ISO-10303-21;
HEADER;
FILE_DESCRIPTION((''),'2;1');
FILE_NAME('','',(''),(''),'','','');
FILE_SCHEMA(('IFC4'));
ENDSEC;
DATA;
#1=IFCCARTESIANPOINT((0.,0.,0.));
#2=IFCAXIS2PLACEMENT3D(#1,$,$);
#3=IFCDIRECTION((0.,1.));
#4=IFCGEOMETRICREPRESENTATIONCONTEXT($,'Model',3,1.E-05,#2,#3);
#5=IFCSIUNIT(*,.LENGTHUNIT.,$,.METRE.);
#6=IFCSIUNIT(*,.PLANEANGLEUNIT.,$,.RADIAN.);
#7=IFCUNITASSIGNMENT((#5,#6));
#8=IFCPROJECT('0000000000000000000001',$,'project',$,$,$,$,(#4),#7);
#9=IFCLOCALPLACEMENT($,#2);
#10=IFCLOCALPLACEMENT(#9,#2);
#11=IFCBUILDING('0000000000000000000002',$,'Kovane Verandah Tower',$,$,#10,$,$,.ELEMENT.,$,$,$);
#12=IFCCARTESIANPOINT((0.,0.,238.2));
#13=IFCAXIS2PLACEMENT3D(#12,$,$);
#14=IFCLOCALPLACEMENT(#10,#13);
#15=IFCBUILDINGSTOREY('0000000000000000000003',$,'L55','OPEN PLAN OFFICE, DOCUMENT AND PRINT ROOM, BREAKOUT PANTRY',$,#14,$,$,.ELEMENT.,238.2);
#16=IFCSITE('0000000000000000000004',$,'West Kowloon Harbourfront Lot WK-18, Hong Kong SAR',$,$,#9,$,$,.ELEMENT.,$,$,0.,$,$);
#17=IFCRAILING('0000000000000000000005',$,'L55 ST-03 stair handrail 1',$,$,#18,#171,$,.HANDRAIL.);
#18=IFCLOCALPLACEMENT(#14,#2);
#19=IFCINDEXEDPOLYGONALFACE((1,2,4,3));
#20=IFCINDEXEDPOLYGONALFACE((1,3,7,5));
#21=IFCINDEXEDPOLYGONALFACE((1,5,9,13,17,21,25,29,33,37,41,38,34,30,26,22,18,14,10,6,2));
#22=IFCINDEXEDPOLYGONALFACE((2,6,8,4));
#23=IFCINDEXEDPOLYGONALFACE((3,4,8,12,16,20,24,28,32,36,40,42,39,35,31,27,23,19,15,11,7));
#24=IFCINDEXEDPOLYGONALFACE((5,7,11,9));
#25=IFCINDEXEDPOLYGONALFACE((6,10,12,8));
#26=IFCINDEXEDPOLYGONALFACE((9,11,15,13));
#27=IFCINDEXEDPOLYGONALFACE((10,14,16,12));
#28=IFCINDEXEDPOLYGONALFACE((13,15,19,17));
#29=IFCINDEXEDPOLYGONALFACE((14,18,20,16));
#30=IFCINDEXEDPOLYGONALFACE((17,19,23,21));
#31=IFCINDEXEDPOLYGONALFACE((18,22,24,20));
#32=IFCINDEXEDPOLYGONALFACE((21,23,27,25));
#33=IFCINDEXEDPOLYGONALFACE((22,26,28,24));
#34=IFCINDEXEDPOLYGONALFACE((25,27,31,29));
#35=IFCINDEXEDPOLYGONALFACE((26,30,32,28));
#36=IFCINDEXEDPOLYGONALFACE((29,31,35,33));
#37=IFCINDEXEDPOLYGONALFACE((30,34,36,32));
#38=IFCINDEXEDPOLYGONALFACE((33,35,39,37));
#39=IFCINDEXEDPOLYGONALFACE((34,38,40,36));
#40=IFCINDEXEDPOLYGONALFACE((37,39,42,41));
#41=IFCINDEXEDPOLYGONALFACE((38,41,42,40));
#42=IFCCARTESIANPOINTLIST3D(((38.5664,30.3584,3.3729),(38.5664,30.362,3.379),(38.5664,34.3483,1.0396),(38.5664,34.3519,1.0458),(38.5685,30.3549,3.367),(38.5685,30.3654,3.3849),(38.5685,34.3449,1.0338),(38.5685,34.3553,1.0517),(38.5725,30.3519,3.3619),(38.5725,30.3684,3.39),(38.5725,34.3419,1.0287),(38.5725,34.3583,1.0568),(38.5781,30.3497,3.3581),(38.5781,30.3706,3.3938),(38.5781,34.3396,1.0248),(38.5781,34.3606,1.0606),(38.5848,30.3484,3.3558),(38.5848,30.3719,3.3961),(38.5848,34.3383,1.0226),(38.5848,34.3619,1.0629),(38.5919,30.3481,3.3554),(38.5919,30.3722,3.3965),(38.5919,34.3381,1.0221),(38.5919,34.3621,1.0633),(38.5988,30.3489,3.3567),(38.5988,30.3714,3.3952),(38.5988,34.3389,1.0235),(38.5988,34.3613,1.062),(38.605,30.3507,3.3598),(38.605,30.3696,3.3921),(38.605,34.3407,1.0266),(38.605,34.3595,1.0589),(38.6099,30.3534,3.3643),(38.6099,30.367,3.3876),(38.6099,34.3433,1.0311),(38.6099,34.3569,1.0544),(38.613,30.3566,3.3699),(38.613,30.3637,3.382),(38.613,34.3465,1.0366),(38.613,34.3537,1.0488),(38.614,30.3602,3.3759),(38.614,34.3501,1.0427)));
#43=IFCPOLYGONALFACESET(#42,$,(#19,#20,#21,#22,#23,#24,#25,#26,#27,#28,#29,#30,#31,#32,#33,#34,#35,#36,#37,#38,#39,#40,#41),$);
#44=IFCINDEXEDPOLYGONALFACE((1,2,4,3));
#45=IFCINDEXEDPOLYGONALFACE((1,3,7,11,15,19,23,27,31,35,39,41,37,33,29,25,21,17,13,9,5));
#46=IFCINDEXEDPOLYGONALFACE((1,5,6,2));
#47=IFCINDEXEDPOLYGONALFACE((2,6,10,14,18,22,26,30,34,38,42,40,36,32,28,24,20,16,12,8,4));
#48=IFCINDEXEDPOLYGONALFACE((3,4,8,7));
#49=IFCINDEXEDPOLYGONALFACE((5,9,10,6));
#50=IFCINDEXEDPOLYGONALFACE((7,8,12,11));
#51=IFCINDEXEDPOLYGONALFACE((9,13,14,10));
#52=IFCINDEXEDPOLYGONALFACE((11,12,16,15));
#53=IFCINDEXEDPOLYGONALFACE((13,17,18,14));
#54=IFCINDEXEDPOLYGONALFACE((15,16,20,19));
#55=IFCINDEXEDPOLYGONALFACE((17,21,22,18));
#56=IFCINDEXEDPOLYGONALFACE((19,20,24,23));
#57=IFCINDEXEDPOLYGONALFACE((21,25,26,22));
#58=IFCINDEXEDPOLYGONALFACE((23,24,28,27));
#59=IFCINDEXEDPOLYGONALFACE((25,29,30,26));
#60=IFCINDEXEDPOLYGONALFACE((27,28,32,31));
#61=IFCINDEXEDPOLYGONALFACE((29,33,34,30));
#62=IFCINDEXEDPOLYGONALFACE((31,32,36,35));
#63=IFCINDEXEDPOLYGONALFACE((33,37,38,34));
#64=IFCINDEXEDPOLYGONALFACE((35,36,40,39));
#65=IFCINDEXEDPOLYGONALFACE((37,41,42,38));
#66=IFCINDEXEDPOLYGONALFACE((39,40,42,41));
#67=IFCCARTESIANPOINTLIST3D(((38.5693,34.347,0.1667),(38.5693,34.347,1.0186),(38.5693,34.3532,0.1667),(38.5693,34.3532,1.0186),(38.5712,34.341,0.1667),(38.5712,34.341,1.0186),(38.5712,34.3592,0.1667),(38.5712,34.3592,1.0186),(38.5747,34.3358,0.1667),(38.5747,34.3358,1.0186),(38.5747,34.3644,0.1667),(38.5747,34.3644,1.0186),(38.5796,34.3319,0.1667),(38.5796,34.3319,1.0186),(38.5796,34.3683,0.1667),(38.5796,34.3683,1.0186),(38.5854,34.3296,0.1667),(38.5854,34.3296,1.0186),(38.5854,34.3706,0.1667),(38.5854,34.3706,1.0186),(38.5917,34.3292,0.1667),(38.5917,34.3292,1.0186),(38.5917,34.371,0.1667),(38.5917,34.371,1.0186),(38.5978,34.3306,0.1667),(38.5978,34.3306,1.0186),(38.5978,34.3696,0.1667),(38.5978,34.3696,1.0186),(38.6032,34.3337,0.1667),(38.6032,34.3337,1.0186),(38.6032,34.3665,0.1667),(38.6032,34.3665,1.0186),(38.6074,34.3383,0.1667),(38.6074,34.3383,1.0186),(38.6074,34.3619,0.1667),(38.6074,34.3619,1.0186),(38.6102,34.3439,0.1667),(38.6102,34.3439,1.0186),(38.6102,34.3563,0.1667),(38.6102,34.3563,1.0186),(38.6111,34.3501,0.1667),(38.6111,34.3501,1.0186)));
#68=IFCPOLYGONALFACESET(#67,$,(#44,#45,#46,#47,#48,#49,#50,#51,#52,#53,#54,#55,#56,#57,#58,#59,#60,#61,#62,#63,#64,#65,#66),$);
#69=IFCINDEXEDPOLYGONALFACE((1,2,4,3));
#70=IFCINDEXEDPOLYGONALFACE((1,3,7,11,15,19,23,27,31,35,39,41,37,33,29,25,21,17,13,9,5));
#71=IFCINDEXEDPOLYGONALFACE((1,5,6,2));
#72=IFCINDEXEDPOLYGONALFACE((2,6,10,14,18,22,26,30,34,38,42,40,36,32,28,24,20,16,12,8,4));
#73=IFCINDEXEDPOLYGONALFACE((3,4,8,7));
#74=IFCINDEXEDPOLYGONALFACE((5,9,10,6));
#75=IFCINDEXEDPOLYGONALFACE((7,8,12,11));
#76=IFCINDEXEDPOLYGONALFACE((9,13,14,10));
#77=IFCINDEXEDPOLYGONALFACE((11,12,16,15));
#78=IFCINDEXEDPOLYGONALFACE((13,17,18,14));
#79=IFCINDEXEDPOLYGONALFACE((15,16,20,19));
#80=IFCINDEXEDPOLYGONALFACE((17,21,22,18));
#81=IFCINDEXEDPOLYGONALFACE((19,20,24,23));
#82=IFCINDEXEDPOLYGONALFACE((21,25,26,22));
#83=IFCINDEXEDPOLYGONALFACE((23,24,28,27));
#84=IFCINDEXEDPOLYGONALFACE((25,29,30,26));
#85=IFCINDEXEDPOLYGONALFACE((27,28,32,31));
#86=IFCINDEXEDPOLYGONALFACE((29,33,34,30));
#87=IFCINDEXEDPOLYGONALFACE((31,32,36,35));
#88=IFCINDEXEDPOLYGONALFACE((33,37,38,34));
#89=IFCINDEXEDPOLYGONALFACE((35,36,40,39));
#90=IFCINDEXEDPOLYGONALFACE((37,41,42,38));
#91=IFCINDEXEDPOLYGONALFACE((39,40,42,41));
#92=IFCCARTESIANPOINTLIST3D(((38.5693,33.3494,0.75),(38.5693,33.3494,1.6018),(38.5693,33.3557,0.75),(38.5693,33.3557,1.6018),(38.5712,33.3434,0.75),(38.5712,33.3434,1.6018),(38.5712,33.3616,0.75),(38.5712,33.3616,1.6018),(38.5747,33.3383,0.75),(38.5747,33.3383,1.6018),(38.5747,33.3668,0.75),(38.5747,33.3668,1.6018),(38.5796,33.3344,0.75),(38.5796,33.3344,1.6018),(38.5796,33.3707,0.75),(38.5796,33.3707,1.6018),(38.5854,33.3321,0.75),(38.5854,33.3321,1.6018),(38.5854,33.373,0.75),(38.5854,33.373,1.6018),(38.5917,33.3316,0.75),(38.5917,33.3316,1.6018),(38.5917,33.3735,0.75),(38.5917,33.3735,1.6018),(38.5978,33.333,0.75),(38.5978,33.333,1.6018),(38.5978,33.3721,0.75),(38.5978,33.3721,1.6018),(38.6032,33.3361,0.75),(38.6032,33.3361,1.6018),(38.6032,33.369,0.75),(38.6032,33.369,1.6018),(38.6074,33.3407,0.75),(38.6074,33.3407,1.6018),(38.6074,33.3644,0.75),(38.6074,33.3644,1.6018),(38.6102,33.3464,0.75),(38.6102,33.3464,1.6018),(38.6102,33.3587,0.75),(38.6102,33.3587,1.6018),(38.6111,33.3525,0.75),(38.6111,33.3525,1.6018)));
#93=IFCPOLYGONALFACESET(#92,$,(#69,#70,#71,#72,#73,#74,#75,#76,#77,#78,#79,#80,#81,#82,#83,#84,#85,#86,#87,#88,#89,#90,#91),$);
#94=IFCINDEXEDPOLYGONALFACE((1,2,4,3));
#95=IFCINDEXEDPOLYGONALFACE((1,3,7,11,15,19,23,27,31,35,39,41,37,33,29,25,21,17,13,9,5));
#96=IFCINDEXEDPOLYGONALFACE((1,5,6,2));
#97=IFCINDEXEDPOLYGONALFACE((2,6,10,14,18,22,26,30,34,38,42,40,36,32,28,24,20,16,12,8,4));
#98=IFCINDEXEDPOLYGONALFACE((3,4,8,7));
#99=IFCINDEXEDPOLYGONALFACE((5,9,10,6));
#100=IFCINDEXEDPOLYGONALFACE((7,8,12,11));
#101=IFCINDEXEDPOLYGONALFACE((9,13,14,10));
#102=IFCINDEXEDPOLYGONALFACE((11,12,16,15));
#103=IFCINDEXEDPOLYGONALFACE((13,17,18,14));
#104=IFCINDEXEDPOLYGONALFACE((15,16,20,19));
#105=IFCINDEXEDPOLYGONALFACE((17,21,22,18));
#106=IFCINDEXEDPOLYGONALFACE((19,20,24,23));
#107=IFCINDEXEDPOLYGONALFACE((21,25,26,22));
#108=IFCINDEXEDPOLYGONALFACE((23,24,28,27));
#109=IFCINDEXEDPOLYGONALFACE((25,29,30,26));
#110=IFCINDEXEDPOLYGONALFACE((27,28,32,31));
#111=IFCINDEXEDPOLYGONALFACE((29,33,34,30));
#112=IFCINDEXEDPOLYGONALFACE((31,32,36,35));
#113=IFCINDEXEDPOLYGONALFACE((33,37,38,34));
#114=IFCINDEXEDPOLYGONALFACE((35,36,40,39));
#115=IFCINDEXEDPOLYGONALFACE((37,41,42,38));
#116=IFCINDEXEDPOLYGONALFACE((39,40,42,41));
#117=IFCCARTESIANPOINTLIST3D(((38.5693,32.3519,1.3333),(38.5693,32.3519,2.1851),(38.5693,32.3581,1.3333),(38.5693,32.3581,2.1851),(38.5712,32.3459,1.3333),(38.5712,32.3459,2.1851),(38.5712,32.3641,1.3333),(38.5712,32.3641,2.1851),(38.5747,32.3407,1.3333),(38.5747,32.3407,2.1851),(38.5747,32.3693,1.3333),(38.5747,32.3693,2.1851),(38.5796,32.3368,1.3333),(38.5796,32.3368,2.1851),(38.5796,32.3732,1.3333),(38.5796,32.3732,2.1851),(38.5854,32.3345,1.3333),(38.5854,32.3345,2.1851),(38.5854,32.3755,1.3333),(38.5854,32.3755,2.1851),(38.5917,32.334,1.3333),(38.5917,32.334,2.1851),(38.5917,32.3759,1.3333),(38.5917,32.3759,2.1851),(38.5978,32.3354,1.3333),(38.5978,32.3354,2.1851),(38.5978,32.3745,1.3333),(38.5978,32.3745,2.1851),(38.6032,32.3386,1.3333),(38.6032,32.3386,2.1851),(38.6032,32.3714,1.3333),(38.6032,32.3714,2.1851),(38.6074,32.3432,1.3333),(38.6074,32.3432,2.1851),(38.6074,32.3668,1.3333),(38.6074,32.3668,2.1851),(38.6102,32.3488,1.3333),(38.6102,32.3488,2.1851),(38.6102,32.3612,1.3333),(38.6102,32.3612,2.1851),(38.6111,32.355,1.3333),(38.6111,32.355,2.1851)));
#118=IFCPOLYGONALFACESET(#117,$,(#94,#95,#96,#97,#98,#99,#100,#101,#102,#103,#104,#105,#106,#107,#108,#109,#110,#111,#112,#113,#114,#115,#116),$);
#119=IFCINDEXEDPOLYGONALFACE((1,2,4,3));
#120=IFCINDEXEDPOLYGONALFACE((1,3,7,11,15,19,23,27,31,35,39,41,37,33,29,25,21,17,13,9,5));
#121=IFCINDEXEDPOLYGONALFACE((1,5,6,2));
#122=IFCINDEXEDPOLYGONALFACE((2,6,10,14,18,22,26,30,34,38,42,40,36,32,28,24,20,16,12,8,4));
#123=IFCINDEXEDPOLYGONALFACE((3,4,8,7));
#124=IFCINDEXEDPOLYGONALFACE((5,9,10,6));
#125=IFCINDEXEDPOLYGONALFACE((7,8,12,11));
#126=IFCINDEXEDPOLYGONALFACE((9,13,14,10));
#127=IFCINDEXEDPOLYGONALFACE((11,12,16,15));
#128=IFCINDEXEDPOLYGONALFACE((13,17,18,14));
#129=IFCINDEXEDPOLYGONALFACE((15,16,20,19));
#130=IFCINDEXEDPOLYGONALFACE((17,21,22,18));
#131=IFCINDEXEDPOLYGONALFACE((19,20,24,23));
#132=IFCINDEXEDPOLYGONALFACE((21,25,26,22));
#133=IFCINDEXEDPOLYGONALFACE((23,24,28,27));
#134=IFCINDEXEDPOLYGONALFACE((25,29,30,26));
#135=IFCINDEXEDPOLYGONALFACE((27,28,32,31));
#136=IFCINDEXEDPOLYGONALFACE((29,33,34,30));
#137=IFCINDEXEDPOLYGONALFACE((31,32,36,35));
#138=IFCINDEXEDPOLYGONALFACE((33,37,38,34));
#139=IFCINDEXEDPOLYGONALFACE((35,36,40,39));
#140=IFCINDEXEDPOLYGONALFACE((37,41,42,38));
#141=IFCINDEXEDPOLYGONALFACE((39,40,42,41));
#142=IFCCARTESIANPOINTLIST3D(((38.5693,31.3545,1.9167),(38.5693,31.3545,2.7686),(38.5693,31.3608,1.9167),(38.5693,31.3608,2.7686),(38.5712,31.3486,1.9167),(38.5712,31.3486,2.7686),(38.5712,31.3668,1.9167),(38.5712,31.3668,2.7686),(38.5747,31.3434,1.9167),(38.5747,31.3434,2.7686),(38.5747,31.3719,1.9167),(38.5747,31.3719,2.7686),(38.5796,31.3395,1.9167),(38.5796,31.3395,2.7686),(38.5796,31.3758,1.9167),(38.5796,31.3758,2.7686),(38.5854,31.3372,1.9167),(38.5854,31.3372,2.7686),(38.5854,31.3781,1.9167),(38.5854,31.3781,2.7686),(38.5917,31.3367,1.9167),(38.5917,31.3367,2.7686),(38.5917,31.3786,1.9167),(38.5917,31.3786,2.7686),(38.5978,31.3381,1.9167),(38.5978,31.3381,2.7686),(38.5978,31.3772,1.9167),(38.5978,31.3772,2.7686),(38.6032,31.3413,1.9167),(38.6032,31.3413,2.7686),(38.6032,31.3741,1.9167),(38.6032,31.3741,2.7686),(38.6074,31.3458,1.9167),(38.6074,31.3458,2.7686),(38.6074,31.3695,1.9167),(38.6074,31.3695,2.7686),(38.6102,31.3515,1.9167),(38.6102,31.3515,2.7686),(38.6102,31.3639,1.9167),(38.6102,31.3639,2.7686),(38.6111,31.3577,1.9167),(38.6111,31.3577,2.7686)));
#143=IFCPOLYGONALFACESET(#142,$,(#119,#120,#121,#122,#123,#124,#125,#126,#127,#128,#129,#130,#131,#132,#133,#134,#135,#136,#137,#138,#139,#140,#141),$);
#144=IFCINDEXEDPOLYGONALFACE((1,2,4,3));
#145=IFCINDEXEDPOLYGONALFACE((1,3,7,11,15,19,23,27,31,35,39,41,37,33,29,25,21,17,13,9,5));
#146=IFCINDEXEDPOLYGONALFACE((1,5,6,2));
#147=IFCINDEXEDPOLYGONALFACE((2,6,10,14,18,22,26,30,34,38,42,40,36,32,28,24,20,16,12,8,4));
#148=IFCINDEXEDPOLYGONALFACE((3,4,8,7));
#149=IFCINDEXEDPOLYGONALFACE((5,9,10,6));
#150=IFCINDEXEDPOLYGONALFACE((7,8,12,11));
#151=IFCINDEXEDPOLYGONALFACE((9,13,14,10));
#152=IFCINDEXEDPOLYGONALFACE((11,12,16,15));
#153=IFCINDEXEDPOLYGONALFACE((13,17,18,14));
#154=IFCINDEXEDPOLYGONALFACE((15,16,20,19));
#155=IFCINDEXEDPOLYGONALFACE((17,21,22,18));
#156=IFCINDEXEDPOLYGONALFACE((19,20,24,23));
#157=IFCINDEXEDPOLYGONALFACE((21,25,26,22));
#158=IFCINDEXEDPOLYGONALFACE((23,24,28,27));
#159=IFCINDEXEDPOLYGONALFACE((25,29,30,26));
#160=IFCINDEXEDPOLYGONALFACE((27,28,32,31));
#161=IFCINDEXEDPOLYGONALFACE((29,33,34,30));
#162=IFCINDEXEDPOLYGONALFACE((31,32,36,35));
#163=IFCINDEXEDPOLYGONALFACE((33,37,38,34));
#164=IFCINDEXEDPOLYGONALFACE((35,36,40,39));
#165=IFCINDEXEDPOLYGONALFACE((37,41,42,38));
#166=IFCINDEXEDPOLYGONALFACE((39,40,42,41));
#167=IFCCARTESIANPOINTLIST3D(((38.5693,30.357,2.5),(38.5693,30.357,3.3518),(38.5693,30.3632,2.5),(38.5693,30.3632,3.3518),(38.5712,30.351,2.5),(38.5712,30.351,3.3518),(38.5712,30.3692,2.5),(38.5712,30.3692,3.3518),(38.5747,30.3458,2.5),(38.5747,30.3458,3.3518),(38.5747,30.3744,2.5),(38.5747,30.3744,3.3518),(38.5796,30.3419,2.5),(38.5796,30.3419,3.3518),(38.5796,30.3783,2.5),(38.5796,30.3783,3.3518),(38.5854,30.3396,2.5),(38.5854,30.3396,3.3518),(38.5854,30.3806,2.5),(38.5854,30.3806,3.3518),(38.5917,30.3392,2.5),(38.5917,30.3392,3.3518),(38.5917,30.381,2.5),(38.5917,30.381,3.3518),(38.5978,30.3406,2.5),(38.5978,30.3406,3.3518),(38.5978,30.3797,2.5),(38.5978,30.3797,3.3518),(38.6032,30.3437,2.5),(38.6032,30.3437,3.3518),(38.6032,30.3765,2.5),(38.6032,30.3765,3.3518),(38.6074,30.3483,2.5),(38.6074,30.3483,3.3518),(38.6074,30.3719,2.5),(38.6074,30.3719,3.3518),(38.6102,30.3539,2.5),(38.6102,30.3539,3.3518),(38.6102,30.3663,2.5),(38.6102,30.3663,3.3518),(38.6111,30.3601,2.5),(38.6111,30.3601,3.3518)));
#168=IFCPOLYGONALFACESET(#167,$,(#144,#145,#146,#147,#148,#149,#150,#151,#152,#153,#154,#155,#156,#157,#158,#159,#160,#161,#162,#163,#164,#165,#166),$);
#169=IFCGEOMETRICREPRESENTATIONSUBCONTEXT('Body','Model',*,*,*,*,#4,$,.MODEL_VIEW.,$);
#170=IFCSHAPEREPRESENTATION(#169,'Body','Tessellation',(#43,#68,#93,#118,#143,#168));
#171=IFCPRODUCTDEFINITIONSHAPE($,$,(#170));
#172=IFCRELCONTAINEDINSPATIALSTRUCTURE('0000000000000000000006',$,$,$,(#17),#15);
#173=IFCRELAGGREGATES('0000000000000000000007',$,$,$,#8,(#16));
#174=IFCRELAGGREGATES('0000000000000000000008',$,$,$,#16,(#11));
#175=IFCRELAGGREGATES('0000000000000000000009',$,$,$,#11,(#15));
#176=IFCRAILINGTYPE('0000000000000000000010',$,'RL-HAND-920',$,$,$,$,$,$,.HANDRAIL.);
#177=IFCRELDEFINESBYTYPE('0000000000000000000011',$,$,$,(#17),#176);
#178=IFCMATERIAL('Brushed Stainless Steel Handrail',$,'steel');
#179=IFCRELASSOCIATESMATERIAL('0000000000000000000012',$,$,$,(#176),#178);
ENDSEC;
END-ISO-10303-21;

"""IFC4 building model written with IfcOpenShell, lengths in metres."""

from ifc_helpers import new_model, si_unit, direction, frame, origin, origin_2d, place, context, subcontext, project, spatial, circle, extrude, material, type_object, element, save


model = new_model("IFC4")

# Units and contexts
model_context = context("Model", 3, precision=1e-05, world=origin(), true_north=direction((0.0, 1.0)))
body_context = subcontext(model_context, "Body", "Model", "MODEL_VIEW")
ifc_project = project(units=[si_unit("LENGTHUNIT", "METRE"), si_unit("PLANEANGLEUNIT", "RADIAN")], contexts=[model_context])

# Site, building, storey
site_placement = place(None, origin())
site = spatial("IfcSite", under=ifc_project, at=site_placement, Name="West Kowloon Harbourfront Lot WK-18, Hong Kong SAR", CompositionType="ELEMENT", RefElevation=0.0)
building_placement = place(site_placement, origin())
building = spatial("IfcBuilding", under=site, at=building_placement, Name="Kovane Verandah Tower", CompositionType="ELEMENT")
storey_placement = place(building_placement, frame((0.0, 0.0, 238.2)))
storey = spatial("IfcBuildingStorey", under=building, at=storey_placement, Name="L55", Description="OPEN PLAN OFFICE, DOCUMENT AND PRINT ROOM, BREAKOUT PANTRY", CompositionType="ELEMENT", Elevation=238.2)

# Railing
ifc_material_1 = material(Name="Brushed Stainless Steel Handrail", Category="steel")
railing_type_1 = type_object("IfcRailingType", Name="RL-HAND-920", PredefinedType="HANDRAIL", material=ifc_material_1)
railing_1_placement = place(storey_placement, frame((38.5901, 34.3501, 0.1667)))
element("IfcRailing", 1, at=railing_1_placement, inside=storey, type_object=railing_type_1, Name="L55 ST-03 stair handrail 1", PredefinedType="HANDRAIL", context=body_context, shape_type="SweptSolid", body=[
    extrude(circle(Radius=0.0239, at=origin_2d()), frame((0.0, 0.0, 0.876), z_axis=(0.0, -0.863236, 0.5048), x_axis=(1.0, 0.0, 0.0)), (0.0, 0.0, 1.0), 4.6221),
    extrude(circle(Radius=0.021, at=origin_2d()), origin(), (0.0, 0.0, 1.0), 0.8518),
    extrude(circle(Radius=0.021, at=origin_2d()), frame((0.0, -0.9976, 0.5833)), (0.0, 0.0, 1.0), 0.8518),
    extrude(circle(Radius=0.021, at=origin_2d()), frame((0.0, -1.9951, 1.1665)), (0.0, 0.0, 1.0), 0.8518),
    extrude(circle(Radius=0.021, at=origin_2d()), frame((0.0, -2.9924, 1.75)), (0.0, 0.0, 1.0), 0.8518),
    extrude(circle(Radius=0.021, at=origin_2d()), frame((0.0, -3.99, 2.3333)), (0.0, 0.0, 1.0), 0.8518),
])

save(model, "model.ifc")
